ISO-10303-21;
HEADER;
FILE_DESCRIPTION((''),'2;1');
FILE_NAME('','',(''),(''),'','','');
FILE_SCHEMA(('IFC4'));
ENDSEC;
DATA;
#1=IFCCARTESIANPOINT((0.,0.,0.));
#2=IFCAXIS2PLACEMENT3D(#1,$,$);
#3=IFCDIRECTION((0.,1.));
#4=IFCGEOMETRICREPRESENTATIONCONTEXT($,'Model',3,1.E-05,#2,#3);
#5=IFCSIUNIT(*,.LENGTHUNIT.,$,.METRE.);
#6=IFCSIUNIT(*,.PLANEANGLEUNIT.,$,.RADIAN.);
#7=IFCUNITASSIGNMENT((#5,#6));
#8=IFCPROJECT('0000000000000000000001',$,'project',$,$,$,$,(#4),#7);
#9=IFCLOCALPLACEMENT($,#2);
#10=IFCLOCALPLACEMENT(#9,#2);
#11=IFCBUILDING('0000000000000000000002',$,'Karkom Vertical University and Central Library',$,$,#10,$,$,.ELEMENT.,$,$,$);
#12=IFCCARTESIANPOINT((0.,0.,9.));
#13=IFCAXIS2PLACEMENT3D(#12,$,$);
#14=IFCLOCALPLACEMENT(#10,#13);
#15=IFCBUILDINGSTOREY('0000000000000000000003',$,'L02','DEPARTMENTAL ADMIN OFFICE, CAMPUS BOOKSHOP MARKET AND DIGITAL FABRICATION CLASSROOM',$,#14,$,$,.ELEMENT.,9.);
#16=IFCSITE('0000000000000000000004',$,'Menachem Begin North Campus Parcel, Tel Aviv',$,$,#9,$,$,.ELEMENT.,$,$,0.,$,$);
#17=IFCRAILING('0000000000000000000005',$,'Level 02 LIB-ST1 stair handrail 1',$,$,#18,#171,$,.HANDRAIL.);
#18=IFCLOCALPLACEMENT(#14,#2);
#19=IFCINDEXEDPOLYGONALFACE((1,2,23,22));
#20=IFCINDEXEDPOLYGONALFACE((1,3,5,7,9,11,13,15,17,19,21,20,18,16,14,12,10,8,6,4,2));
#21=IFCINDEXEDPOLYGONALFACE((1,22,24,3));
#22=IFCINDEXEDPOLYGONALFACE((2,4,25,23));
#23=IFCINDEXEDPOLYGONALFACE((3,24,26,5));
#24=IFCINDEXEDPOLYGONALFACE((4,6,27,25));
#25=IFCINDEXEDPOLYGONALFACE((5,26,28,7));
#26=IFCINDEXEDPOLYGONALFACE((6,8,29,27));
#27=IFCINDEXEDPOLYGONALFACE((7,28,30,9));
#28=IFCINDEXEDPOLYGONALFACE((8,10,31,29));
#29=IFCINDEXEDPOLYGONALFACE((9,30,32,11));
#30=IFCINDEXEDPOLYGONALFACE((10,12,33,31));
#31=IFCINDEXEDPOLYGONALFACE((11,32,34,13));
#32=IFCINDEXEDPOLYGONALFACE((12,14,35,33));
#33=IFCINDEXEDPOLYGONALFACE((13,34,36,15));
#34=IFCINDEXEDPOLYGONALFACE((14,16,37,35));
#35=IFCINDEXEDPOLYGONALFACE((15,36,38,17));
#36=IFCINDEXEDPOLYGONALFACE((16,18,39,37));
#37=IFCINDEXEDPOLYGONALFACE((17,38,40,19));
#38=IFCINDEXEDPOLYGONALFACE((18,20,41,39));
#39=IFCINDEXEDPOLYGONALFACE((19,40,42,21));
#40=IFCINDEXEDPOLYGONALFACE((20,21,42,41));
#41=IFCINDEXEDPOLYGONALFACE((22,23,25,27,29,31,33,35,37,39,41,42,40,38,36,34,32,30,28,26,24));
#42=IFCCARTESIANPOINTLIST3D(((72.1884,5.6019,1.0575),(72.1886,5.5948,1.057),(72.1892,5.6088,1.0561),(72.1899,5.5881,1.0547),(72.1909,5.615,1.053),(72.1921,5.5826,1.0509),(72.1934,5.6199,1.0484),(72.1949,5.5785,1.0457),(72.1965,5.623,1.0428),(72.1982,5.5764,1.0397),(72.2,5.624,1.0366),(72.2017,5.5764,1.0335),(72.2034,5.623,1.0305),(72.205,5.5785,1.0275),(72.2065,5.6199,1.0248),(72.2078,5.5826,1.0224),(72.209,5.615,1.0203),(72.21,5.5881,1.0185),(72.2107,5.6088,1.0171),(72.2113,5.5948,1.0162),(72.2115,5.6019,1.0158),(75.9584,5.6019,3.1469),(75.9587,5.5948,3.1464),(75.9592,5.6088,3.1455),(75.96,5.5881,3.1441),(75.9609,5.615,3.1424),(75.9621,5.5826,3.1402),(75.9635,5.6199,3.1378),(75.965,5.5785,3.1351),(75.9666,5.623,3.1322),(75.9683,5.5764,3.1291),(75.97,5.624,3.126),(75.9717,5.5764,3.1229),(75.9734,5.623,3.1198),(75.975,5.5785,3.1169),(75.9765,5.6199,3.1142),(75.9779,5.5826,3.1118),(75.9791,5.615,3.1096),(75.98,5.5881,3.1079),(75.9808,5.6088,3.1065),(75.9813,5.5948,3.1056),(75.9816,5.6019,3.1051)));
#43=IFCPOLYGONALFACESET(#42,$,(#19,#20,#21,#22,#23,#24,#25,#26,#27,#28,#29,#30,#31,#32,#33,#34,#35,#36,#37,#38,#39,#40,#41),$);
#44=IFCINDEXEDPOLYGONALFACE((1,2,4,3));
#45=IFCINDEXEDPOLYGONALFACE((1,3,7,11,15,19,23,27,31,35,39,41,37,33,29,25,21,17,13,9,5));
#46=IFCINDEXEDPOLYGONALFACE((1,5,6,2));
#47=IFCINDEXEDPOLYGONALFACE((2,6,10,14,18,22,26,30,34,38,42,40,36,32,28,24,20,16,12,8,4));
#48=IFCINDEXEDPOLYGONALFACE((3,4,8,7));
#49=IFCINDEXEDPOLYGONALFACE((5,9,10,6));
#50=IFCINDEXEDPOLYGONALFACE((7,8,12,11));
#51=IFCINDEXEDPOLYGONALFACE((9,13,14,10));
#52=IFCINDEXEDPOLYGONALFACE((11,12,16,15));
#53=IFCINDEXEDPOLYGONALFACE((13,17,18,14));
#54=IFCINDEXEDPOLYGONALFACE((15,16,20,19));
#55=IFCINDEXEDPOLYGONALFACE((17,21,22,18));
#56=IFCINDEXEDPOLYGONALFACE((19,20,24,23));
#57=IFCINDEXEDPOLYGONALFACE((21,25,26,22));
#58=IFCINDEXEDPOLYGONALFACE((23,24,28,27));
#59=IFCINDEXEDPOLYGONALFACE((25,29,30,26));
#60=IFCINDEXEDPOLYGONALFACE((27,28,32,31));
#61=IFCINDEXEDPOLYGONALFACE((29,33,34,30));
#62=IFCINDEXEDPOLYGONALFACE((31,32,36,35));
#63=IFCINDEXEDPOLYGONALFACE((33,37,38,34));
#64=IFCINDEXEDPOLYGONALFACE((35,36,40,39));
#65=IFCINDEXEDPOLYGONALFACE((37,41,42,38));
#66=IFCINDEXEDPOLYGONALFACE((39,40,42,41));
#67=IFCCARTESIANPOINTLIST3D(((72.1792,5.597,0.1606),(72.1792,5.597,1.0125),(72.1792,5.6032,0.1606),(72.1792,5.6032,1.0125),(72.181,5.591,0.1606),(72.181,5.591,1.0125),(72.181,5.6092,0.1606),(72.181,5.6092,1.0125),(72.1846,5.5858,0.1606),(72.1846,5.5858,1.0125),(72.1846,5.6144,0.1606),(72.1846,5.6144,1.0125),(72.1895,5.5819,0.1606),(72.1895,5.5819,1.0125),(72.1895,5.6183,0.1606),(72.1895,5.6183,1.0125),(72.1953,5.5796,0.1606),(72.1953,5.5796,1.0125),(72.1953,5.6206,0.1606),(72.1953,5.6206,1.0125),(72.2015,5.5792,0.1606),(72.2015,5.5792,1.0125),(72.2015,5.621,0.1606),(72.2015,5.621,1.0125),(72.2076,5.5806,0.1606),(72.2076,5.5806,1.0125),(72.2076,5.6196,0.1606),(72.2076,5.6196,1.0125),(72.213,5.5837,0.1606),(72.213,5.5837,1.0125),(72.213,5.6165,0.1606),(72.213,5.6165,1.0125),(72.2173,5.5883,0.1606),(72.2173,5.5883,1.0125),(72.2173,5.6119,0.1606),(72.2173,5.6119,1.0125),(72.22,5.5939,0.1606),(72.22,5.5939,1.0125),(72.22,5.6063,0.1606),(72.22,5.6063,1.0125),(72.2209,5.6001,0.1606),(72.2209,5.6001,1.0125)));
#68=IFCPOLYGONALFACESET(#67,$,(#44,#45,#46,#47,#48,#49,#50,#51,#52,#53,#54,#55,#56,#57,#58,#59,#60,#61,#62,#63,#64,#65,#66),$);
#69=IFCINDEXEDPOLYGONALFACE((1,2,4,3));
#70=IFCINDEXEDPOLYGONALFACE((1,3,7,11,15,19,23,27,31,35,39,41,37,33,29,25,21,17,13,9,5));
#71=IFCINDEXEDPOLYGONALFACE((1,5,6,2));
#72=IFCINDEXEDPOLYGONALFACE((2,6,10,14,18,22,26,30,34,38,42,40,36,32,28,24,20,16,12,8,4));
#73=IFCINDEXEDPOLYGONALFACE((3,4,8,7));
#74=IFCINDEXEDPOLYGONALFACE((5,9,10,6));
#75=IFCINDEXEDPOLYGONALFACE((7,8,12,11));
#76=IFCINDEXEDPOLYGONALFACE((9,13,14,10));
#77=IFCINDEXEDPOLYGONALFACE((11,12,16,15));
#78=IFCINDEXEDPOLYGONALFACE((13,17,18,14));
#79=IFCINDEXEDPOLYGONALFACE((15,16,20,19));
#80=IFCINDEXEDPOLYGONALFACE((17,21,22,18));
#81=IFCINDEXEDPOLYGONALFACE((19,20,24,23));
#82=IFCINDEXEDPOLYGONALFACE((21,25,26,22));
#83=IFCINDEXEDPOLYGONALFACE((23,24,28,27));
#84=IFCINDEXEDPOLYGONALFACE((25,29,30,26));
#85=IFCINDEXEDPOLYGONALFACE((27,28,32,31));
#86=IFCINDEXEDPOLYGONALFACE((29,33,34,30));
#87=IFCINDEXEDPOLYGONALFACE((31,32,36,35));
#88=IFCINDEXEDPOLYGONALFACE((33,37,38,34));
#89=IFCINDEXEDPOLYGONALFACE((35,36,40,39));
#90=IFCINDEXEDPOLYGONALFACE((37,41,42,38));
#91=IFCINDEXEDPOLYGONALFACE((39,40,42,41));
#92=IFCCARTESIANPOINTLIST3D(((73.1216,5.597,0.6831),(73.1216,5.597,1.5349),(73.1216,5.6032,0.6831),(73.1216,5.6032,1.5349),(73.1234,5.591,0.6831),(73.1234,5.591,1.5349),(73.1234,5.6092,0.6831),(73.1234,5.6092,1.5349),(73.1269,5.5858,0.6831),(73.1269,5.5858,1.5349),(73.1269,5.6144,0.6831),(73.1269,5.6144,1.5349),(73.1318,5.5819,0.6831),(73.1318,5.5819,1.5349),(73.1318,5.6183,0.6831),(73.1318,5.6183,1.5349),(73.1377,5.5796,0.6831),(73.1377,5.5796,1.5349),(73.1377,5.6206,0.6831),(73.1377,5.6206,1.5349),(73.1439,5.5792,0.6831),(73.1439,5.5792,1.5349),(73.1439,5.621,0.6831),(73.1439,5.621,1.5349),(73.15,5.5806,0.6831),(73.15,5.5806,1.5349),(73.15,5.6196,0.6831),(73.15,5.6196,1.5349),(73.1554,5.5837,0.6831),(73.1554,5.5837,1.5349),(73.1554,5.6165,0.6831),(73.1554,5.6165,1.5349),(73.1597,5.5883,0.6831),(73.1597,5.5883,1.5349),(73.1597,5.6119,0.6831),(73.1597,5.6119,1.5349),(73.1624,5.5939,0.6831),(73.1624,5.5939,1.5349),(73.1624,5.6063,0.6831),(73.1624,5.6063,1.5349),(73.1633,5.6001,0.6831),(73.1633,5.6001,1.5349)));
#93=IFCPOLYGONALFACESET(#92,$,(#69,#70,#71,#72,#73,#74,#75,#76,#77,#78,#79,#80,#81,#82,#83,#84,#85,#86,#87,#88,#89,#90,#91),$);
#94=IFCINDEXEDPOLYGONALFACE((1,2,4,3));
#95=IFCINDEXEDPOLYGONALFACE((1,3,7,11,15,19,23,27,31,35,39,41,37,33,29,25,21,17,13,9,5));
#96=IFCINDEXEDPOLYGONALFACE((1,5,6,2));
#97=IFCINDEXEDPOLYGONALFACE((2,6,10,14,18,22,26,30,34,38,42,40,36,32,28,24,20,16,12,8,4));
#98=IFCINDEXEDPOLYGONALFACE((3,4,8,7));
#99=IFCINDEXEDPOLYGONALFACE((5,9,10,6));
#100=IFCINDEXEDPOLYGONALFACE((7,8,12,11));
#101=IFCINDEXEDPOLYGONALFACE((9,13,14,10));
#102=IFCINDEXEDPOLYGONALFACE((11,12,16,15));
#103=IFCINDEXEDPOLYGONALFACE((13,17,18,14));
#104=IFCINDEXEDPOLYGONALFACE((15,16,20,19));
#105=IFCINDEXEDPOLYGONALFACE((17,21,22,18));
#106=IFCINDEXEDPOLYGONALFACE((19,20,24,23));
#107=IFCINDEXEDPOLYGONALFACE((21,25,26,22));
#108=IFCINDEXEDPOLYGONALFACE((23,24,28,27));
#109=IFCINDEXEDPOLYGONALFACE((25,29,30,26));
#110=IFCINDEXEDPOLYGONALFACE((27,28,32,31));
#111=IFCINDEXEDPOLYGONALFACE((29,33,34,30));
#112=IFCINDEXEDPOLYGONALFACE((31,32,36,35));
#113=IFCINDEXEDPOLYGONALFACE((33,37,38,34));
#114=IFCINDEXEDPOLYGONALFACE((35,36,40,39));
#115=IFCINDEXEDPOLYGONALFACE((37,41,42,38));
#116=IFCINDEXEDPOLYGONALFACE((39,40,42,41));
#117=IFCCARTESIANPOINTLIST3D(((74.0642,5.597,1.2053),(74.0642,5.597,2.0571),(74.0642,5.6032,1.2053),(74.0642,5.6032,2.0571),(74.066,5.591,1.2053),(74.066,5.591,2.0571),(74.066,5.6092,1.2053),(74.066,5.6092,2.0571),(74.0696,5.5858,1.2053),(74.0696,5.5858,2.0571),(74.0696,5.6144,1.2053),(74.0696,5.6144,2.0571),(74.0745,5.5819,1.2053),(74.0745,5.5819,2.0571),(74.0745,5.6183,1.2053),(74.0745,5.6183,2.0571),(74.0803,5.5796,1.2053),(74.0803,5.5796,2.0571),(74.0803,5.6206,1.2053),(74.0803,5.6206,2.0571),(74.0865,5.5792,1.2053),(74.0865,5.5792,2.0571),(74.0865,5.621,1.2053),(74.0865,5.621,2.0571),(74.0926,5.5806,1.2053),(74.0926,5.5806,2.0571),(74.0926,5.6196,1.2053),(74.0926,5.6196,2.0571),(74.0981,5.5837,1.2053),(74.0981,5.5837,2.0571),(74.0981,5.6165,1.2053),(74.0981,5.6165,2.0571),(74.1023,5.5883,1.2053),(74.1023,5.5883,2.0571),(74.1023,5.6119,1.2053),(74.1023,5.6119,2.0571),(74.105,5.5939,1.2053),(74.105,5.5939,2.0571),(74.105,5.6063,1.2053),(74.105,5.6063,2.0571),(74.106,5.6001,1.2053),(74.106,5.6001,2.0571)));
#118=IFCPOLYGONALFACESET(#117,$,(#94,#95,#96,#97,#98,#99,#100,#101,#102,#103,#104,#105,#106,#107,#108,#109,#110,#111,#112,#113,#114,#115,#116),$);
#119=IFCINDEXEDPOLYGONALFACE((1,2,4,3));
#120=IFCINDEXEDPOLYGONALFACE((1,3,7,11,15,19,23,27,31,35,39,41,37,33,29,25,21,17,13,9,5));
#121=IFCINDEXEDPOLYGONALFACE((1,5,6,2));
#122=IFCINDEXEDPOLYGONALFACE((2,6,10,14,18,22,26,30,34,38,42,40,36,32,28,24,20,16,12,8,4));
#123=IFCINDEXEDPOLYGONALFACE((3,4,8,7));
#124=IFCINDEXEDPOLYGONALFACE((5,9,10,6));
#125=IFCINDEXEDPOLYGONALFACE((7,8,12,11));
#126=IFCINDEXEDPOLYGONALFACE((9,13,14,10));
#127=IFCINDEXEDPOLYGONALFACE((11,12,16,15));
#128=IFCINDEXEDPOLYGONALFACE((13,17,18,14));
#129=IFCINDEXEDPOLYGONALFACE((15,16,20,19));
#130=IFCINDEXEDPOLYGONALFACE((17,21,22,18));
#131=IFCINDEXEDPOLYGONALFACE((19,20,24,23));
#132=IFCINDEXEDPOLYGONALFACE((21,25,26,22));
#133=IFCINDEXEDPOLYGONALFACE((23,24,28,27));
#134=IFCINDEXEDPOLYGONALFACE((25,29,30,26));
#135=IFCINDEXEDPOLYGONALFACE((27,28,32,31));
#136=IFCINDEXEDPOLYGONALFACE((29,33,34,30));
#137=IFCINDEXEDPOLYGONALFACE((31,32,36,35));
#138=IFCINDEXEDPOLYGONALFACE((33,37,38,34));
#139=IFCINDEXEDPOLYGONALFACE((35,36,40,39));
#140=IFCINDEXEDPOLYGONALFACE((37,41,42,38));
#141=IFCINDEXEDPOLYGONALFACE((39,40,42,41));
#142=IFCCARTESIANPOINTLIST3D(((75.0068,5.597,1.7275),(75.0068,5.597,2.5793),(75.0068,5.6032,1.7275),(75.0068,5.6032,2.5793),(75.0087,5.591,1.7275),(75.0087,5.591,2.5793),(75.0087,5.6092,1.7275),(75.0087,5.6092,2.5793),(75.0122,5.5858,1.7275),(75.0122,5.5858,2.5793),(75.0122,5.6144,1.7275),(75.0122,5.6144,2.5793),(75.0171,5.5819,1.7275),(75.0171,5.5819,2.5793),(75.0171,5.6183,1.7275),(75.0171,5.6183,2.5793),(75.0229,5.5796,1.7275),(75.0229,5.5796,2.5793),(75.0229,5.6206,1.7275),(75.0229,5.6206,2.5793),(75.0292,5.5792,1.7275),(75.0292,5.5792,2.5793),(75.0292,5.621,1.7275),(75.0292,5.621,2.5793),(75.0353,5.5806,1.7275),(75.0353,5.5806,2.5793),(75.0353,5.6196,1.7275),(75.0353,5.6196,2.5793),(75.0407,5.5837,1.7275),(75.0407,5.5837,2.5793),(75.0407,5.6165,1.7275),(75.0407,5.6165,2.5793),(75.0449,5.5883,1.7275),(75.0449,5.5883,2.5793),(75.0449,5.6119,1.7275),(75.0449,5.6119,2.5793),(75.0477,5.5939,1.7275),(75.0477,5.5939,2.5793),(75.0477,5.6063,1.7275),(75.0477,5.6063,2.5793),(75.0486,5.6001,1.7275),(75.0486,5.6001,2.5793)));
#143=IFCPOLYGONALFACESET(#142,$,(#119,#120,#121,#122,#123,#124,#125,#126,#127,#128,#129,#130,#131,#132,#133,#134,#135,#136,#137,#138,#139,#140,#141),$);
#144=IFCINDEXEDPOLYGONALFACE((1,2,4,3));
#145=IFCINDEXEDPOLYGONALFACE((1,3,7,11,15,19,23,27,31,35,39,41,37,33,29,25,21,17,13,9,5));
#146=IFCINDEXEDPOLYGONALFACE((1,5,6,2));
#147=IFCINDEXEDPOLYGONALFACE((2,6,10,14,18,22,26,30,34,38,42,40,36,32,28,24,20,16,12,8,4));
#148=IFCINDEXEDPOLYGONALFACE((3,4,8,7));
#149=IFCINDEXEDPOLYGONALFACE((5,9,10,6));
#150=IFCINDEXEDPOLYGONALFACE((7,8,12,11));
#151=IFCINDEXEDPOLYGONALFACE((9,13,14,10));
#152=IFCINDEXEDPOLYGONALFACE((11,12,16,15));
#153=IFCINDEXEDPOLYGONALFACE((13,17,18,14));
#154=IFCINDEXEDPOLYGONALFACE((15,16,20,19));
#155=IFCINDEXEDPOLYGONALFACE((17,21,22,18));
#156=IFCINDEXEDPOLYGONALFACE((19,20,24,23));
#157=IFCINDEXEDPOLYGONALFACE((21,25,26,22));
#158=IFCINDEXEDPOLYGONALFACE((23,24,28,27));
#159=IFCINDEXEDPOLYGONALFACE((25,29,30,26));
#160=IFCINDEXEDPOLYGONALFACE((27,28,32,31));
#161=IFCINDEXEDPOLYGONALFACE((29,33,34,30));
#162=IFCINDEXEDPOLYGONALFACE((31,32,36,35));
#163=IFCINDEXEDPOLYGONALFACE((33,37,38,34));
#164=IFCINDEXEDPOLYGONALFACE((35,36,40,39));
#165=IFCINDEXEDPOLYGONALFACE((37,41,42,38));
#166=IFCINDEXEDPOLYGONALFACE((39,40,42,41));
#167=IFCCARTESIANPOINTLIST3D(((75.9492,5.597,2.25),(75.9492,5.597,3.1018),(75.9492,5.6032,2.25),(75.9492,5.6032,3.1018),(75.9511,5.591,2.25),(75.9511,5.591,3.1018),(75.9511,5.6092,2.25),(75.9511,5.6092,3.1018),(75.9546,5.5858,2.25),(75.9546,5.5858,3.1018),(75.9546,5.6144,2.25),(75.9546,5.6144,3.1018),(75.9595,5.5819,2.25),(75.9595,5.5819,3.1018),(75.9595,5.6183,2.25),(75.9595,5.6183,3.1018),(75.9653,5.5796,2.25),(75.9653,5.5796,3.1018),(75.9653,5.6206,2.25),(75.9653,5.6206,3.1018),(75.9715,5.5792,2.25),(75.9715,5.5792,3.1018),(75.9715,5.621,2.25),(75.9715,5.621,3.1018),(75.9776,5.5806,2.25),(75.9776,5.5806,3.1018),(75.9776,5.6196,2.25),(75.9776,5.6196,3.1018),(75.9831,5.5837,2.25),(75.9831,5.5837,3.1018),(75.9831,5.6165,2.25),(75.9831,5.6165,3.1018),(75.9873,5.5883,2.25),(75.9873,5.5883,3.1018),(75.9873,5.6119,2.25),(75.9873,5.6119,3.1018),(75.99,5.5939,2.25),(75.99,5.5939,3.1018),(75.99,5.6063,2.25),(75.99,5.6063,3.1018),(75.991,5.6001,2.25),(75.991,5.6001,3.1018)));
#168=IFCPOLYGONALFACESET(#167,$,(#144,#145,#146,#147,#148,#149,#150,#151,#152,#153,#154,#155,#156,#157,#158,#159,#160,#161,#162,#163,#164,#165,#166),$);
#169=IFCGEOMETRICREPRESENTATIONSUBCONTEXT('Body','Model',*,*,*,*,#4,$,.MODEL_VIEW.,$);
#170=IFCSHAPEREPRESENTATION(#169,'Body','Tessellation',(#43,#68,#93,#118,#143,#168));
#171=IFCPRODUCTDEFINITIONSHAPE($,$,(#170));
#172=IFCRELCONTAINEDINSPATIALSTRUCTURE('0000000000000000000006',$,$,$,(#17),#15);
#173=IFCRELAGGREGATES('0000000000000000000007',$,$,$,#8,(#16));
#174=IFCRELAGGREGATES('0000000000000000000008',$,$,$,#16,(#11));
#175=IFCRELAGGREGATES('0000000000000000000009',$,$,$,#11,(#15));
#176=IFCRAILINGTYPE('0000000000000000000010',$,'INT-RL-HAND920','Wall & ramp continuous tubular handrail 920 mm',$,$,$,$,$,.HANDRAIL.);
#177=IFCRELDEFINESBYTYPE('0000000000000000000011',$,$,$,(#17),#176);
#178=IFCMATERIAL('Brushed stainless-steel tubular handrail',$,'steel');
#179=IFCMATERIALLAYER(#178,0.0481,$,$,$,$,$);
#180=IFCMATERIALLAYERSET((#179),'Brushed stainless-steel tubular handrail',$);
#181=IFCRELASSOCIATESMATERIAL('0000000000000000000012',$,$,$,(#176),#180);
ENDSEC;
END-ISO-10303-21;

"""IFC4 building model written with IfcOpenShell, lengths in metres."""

from ifc_helpers import new_model, si_unit, direction, frame, origin, origin_2d, place, context, subcontext, project, spatial, circle, extrude, material, layer, layer_set, type_object, element, save


model = new_model("IFC4")

# Units and contexts
model_context = context("Model", 3, precision=1e-05, world=origin(), true_north=direction((0.0, 1.0)))
body_context = subcontext(model_context, "Body", "Model", "MODEL_VIEW")
ifc_project = project(units=[si_unit("LENGTHUNIT", "METRE"), si_unit("PLANEANGLEUNIT", "RADIAN")], contexts=[model_context])

# Site, building, storey
site_placement = place(None, origin())
site = spatial("IfcSite", under=ifc_project, at=site_placement, Name="Menachem Begin North Campus Parcel, Tel Aviv", CompositionType="ELEMENT", RefElevation=0.0)
building_placement = place(site_placement, origin())
building = spatial("IfcBuilding", under=site, at=building_placement, Name="Karkom Vertical University and Central Library", CompositionType="ELEMENT")
storey_placement = place(building_placement, frame((0.0, 0.0, 9.0)))
storey = spatial("IfcBuildingStorey", under=building, at=storey_placement, Name="L02", Description="DEPARTMENTAL ADMIN OFFICE, CAMPUS BOOKSHOP MARKET AND DIGITAL FABRICATION CLASSROOM", CompositionType="ELEMENT", Elevation=9.0)

# Railing
ifc_material_1 = material(Name="Brushed stainless-steel tubular handrail", Category="steel")
ifc_layer_1 = layer(ifc_material_1, 0.0481)
ifc_layer_set_1 = layer_set([ifc_layer_1], Name="Brushed stainless-steel tubular handrail")
railing_type_1 = type_object("IfcRailingType", Name="INT-RL-HAND920", Description="Wall & ramp continuous tubular handrail 920 mm", PredefinedType="HANDRAIL", material=ifc_layer_set_1)
railing_1_placement = place(storey_placement, frame((72.2, 5.6001, 0.1606)))
element("IfcRailing", 1, at=railing_1_placement, inside=storey, type_object=railing_type_1, Name="Level 02 LIB-ST1 stair handrail 1", PredefinedType="HANDRAIL", context=body_context, shape_type="SweptSolid", body=[
    extrude(circle(Radius=0.0239, at=origin_2d()), frame((0.0, 0.0, 0.876), z_axis=(0.874659, 0.0, 0.484739), x_axis=(0.0, 1.0, 0.0)), (0.0, 0.0, 1.0), 4.3103),
    extrude(circle(Radius=0.021, at=origin_2d()), origin(), (0.0, 0.0, 1.0), 0.8518),
    extrude(circle(Radius=0.021, at=origin_2d()), frame((0.9424, 0.0, 0.5225)), (0.0, 0.0, 1.0), 0.8518),
    extrude(circle(Radius=0.021, at=origin_2d()), frame((1.885, 0.0, 1.0447)), (0.0, 0.0, 1.0), 0.8518),
    extrude(circle(Radius=0.021, at=origin_2d()), frame((2.8276, 0.0, 1.5669)), (0.0, 0.0, 1.0), 0.8518),
    extrude(circle(Radius=0.021, at=origin_2d()), frame((3.77, 0.0, 2.0894)), (0.0, 0.0, 1.0), 0.8518),
])

save(model, "model.ifc")
